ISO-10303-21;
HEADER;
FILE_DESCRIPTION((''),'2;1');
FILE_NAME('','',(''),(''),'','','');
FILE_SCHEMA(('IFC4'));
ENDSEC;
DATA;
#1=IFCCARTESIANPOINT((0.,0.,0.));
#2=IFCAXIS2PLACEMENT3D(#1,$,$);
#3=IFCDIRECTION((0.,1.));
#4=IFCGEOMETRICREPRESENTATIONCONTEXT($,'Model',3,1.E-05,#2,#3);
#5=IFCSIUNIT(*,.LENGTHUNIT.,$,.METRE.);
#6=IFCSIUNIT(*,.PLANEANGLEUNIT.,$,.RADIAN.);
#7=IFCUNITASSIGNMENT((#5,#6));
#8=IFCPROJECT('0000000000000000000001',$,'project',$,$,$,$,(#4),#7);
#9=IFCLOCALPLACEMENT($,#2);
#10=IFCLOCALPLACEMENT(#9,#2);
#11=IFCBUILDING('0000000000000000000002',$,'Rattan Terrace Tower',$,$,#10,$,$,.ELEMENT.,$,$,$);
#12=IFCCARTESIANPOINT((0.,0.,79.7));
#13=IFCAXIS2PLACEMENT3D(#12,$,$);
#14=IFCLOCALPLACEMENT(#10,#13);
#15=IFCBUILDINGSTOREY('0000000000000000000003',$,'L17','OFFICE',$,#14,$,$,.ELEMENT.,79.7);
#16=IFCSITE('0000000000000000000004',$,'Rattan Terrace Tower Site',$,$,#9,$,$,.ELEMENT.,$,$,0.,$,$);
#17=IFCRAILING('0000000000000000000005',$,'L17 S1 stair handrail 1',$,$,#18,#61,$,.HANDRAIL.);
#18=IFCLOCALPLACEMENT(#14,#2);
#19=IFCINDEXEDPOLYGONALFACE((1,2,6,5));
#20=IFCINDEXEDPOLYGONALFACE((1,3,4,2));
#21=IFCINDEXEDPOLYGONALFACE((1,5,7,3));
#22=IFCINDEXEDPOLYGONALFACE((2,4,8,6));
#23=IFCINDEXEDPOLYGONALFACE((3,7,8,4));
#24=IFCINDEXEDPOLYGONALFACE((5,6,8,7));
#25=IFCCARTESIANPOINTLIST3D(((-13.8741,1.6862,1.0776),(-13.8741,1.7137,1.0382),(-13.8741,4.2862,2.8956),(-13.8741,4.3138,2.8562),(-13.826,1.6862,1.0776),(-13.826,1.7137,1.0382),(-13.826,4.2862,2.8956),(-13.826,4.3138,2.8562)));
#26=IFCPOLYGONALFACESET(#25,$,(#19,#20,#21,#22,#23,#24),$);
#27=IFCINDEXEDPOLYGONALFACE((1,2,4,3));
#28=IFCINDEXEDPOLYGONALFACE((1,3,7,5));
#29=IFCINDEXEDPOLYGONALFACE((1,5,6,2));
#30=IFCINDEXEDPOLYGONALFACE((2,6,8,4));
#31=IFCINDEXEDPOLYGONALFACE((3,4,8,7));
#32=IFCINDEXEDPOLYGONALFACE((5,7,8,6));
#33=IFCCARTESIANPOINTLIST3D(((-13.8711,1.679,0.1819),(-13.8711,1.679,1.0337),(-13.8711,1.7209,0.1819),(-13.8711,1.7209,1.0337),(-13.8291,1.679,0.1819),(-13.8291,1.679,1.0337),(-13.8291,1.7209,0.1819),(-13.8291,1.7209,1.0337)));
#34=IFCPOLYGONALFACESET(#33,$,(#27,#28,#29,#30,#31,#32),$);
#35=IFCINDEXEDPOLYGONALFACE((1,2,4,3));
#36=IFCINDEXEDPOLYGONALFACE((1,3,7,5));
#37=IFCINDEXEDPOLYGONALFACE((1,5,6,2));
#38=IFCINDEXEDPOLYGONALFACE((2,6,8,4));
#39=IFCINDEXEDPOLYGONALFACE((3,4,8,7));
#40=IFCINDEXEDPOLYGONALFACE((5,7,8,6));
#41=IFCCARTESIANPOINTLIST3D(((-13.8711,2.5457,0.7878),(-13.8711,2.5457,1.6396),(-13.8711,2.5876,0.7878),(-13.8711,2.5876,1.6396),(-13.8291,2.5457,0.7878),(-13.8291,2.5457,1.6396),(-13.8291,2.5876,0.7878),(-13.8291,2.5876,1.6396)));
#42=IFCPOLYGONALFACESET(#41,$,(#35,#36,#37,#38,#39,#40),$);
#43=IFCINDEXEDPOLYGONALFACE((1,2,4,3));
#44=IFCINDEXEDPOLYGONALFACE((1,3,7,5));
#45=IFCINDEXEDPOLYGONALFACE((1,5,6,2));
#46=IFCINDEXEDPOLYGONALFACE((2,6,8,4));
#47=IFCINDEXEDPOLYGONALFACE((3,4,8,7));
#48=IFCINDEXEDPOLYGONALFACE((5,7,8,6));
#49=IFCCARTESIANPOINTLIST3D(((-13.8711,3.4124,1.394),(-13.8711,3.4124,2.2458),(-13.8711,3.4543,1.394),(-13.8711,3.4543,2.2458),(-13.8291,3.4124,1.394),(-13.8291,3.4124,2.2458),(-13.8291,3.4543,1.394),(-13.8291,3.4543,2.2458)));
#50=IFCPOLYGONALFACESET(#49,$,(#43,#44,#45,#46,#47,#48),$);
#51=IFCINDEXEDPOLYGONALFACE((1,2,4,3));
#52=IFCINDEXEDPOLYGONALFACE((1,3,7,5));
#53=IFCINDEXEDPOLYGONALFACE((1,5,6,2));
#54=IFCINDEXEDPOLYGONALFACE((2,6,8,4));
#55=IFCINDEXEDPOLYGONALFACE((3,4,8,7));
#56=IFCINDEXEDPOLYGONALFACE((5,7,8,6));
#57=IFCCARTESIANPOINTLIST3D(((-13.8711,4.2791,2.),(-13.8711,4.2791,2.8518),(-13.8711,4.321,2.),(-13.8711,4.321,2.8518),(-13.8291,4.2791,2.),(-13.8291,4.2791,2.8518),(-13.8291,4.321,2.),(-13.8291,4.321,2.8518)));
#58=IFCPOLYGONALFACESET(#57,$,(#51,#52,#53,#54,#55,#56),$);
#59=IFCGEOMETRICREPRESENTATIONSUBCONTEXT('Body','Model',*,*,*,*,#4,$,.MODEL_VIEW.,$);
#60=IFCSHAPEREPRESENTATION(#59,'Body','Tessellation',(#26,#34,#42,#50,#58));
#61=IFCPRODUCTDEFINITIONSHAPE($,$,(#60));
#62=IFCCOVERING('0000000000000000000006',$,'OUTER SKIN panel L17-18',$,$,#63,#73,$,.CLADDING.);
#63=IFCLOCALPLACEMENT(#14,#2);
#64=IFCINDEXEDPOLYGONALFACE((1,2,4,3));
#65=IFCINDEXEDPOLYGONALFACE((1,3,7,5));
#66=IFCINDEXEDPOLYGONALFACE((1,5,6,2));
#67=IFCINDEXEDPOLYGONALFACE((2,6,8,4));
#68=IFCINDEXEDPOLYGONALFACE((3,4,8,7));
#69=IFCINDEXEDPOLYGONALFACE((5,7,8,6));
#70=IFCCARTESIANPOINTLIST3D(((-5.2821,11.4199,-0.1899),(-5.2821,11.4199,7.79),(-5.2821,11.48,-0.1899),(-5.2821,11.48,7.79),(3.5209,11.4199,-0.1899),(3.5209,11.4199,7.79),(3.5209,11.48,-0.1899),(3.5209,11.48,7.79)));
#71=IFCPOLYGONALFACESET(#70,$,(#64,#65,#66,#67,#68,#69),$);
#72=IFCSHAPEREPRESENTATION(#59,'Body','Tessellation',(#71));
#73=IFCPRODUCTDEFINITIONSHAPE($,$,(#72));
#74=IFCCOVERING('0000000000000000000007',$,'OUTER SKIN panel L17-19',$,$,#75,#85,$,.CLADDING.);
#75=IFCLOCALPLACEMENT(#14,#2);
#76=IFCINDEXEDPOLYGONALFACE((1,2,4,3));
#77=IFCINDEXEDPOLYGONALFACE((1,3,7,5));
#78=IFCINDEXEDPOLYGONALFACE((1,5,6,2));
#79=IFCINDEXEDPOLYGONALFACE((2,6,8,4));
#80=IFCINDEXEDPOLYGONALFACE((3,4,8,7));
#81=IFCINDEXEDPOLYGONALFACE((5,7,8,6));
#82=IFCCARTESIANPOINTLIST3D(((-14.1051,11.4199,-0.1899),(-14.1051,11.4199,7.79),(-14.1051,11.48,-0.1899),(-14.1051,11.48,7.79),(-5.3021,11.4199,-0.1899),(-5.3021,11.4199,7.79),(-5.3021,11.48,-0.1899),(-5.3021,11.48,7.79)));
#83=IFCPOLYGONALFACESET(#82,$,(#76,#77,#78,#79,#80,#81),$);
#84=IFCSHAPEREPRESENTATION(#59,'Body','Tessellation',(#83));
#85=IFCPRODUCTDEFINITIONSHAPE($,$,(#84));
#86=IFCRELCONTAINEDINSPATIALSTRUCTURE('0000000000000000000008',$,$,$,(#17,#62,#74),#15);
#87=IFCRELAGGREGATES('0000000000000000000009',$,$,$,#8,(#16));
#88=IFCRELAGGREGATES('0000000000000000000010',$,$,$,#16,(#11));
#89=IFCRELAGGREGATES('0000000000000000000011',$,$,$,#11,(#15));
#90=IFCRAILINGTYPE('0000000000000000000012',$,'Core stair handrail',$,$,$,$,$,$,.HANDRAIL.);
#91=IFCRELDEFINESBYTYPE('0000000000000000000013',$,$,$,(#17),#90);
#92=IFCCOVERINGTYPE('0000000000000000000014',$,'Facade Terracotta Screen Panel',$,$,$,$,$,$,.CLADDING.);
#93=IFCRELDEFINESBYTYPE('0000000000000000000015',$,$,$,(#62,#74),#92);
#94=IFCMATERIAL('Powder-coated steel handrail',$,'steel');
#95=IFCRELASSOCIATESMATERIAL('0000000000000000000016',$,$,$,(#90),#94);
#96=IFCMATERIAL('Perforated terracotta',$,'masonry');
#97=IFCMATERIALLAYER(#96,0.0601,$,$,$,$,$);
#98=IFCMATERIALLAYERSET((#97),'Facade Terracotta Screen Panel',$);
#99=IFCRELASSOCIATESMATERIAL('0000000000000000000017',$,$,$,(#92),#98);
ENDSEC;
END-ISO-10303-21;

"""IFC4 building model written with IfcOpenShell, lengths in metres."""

from ifc_helpers import new_model, si_unit, direction, frame, origin, origin_2d, place, context, subcontext, project, spatial, rectangle, extrude, material, layer, layer_set, type_object, element, save


model = new_model("IFC4")

# Units and contexts
model_context = context("Model", 3, precision=1e-05, world=origin(), true_north=direction((0.0, 1.0)))
body_context = subcontext(model_context, "Body", "Model", "MODEL_VIEW")
ifc_project = project(units=[si_unit("LENGTHUNIT", "METRE"), si_unit("PLANEANGLEUNIT", "RADIAN")], contexts=[model_context])

# Site, building, storey
site_placement = place(None, origin())
site = spatial("IfcSite", under=ifc_project, at=site_placement, Name="Rattan Terrace Tower Site", CompositionType="ELEMENT", RefElevation=0.0)
building_placement = place(site_placement, origin())
building = spatial("IfcBuilding", under=site, at=building_placement, Name="Rattan Terrace Tower", CompositionType="ELEMENT")
storey_placement = place(building_placement, frame((0.0, 0.0, 79.7)))
storey = spatial("IfcBuildingStorey", under=building, at=storey_placement, Name="L17", Description="OFFICE", CompositionType="ELEMENT", Elevation=79.7)

# Railing
ifc_material_1 = material(Name="Powder-coated steel handrail", Category="steel")
railing_type = type_object("IfcRailingType", Name="Core stair handrail", PredefinedType="HANDRAIL", material=ifc_material_1)
railing_placement = place(storey_placement, frame((-13.8501, 1.7, 0.1819)))
element("IfcRailing", 1, at=railing_placement, inside=storey, type_object=railing_type, Name="L17 S1 stair handrail 1", PredefinedType="HANDRAIL", context=body_context, shape_type="SweptSolid", body=[
    extrude(rectangle(XDim=0.0481, YDim=0.0481, at=origin_2d()), frame((0.0, 0.0, 0.876), z_axis=(0.0, 0.819521, 0.573049), x_axis=(-1.0, 0.0, 0.0)), (0.0, 0.0, 1.0), 3.1726),
    extrude(rectangle(XDim=0.042, YDim=0.042, at=origin_2d()), origin(), (0.0, 0.0, 1.0), 0.8518),
    extrude(rectangle(XDim=0.042, YDim=0.042, at=origin_2d()), frame((0.0, 0.8667, 0.606)), (0.0, 0.0, 1.0), 0.8518),
    extrude(rectangle(XDim=0.042, YDim=0.042, at=origin_2d()), frame((0.0, 1.7334, 1.2122)), (0.0, 0.0, 1.0), 0.8518),
    extrude(rectangle(XDim=0.042, YDim=0.042, at=origin_2d()), frame((0.0, 2.6001, 1.8181)), (0.0, 0.0, 1.0), 0.8518),
])

# Coverings
ifc_material_2 = material(Name="Perforated terracotta", Category="masonry")
ifc_layer_1 = layer(ifc_material_2, 0.0601)
ifc_layer_set_1 = layer_set([ifc_layer_1], Name="Facade Terracotta Screen Panel")
covering_type = type_object("IfcCoveringType", Name="Facade Terracotta Screen Panel", PredefinedType="CLADDING", material=ifc_layer_set_1)
for number, where, z_axis, x_axis, name in (
    (2, (-0.8806, 11.45, -0.1899), (0.0, 0.0, 1.0), (-1.0, 0.0, 0.0), "OUTER SKIN panel L17-18"),
    (3, (-9.7036, 11.45, -0.1899), (0.0, 0.0, 1.0), (-1.0, 0.0, 0.0), "OUTER SKIN panel L17-19"),
):
    element("IfcCovering", number, at=place(storey_placement, frame(where, z_axis=z_axis, x_axis=x_axis)), inside=storey, type_object=covering_type, Name=name, PredefinedType="CLADDING", context=body_context, shape_type="SweptSolid", body=[
        extrude(rectangle(XDim=8.803, YDim=0.0601, at=origin_2d()), origin(), (0.0, 0.0, 1.0), 7.98),
    ])

save(model, "model.ifc")
